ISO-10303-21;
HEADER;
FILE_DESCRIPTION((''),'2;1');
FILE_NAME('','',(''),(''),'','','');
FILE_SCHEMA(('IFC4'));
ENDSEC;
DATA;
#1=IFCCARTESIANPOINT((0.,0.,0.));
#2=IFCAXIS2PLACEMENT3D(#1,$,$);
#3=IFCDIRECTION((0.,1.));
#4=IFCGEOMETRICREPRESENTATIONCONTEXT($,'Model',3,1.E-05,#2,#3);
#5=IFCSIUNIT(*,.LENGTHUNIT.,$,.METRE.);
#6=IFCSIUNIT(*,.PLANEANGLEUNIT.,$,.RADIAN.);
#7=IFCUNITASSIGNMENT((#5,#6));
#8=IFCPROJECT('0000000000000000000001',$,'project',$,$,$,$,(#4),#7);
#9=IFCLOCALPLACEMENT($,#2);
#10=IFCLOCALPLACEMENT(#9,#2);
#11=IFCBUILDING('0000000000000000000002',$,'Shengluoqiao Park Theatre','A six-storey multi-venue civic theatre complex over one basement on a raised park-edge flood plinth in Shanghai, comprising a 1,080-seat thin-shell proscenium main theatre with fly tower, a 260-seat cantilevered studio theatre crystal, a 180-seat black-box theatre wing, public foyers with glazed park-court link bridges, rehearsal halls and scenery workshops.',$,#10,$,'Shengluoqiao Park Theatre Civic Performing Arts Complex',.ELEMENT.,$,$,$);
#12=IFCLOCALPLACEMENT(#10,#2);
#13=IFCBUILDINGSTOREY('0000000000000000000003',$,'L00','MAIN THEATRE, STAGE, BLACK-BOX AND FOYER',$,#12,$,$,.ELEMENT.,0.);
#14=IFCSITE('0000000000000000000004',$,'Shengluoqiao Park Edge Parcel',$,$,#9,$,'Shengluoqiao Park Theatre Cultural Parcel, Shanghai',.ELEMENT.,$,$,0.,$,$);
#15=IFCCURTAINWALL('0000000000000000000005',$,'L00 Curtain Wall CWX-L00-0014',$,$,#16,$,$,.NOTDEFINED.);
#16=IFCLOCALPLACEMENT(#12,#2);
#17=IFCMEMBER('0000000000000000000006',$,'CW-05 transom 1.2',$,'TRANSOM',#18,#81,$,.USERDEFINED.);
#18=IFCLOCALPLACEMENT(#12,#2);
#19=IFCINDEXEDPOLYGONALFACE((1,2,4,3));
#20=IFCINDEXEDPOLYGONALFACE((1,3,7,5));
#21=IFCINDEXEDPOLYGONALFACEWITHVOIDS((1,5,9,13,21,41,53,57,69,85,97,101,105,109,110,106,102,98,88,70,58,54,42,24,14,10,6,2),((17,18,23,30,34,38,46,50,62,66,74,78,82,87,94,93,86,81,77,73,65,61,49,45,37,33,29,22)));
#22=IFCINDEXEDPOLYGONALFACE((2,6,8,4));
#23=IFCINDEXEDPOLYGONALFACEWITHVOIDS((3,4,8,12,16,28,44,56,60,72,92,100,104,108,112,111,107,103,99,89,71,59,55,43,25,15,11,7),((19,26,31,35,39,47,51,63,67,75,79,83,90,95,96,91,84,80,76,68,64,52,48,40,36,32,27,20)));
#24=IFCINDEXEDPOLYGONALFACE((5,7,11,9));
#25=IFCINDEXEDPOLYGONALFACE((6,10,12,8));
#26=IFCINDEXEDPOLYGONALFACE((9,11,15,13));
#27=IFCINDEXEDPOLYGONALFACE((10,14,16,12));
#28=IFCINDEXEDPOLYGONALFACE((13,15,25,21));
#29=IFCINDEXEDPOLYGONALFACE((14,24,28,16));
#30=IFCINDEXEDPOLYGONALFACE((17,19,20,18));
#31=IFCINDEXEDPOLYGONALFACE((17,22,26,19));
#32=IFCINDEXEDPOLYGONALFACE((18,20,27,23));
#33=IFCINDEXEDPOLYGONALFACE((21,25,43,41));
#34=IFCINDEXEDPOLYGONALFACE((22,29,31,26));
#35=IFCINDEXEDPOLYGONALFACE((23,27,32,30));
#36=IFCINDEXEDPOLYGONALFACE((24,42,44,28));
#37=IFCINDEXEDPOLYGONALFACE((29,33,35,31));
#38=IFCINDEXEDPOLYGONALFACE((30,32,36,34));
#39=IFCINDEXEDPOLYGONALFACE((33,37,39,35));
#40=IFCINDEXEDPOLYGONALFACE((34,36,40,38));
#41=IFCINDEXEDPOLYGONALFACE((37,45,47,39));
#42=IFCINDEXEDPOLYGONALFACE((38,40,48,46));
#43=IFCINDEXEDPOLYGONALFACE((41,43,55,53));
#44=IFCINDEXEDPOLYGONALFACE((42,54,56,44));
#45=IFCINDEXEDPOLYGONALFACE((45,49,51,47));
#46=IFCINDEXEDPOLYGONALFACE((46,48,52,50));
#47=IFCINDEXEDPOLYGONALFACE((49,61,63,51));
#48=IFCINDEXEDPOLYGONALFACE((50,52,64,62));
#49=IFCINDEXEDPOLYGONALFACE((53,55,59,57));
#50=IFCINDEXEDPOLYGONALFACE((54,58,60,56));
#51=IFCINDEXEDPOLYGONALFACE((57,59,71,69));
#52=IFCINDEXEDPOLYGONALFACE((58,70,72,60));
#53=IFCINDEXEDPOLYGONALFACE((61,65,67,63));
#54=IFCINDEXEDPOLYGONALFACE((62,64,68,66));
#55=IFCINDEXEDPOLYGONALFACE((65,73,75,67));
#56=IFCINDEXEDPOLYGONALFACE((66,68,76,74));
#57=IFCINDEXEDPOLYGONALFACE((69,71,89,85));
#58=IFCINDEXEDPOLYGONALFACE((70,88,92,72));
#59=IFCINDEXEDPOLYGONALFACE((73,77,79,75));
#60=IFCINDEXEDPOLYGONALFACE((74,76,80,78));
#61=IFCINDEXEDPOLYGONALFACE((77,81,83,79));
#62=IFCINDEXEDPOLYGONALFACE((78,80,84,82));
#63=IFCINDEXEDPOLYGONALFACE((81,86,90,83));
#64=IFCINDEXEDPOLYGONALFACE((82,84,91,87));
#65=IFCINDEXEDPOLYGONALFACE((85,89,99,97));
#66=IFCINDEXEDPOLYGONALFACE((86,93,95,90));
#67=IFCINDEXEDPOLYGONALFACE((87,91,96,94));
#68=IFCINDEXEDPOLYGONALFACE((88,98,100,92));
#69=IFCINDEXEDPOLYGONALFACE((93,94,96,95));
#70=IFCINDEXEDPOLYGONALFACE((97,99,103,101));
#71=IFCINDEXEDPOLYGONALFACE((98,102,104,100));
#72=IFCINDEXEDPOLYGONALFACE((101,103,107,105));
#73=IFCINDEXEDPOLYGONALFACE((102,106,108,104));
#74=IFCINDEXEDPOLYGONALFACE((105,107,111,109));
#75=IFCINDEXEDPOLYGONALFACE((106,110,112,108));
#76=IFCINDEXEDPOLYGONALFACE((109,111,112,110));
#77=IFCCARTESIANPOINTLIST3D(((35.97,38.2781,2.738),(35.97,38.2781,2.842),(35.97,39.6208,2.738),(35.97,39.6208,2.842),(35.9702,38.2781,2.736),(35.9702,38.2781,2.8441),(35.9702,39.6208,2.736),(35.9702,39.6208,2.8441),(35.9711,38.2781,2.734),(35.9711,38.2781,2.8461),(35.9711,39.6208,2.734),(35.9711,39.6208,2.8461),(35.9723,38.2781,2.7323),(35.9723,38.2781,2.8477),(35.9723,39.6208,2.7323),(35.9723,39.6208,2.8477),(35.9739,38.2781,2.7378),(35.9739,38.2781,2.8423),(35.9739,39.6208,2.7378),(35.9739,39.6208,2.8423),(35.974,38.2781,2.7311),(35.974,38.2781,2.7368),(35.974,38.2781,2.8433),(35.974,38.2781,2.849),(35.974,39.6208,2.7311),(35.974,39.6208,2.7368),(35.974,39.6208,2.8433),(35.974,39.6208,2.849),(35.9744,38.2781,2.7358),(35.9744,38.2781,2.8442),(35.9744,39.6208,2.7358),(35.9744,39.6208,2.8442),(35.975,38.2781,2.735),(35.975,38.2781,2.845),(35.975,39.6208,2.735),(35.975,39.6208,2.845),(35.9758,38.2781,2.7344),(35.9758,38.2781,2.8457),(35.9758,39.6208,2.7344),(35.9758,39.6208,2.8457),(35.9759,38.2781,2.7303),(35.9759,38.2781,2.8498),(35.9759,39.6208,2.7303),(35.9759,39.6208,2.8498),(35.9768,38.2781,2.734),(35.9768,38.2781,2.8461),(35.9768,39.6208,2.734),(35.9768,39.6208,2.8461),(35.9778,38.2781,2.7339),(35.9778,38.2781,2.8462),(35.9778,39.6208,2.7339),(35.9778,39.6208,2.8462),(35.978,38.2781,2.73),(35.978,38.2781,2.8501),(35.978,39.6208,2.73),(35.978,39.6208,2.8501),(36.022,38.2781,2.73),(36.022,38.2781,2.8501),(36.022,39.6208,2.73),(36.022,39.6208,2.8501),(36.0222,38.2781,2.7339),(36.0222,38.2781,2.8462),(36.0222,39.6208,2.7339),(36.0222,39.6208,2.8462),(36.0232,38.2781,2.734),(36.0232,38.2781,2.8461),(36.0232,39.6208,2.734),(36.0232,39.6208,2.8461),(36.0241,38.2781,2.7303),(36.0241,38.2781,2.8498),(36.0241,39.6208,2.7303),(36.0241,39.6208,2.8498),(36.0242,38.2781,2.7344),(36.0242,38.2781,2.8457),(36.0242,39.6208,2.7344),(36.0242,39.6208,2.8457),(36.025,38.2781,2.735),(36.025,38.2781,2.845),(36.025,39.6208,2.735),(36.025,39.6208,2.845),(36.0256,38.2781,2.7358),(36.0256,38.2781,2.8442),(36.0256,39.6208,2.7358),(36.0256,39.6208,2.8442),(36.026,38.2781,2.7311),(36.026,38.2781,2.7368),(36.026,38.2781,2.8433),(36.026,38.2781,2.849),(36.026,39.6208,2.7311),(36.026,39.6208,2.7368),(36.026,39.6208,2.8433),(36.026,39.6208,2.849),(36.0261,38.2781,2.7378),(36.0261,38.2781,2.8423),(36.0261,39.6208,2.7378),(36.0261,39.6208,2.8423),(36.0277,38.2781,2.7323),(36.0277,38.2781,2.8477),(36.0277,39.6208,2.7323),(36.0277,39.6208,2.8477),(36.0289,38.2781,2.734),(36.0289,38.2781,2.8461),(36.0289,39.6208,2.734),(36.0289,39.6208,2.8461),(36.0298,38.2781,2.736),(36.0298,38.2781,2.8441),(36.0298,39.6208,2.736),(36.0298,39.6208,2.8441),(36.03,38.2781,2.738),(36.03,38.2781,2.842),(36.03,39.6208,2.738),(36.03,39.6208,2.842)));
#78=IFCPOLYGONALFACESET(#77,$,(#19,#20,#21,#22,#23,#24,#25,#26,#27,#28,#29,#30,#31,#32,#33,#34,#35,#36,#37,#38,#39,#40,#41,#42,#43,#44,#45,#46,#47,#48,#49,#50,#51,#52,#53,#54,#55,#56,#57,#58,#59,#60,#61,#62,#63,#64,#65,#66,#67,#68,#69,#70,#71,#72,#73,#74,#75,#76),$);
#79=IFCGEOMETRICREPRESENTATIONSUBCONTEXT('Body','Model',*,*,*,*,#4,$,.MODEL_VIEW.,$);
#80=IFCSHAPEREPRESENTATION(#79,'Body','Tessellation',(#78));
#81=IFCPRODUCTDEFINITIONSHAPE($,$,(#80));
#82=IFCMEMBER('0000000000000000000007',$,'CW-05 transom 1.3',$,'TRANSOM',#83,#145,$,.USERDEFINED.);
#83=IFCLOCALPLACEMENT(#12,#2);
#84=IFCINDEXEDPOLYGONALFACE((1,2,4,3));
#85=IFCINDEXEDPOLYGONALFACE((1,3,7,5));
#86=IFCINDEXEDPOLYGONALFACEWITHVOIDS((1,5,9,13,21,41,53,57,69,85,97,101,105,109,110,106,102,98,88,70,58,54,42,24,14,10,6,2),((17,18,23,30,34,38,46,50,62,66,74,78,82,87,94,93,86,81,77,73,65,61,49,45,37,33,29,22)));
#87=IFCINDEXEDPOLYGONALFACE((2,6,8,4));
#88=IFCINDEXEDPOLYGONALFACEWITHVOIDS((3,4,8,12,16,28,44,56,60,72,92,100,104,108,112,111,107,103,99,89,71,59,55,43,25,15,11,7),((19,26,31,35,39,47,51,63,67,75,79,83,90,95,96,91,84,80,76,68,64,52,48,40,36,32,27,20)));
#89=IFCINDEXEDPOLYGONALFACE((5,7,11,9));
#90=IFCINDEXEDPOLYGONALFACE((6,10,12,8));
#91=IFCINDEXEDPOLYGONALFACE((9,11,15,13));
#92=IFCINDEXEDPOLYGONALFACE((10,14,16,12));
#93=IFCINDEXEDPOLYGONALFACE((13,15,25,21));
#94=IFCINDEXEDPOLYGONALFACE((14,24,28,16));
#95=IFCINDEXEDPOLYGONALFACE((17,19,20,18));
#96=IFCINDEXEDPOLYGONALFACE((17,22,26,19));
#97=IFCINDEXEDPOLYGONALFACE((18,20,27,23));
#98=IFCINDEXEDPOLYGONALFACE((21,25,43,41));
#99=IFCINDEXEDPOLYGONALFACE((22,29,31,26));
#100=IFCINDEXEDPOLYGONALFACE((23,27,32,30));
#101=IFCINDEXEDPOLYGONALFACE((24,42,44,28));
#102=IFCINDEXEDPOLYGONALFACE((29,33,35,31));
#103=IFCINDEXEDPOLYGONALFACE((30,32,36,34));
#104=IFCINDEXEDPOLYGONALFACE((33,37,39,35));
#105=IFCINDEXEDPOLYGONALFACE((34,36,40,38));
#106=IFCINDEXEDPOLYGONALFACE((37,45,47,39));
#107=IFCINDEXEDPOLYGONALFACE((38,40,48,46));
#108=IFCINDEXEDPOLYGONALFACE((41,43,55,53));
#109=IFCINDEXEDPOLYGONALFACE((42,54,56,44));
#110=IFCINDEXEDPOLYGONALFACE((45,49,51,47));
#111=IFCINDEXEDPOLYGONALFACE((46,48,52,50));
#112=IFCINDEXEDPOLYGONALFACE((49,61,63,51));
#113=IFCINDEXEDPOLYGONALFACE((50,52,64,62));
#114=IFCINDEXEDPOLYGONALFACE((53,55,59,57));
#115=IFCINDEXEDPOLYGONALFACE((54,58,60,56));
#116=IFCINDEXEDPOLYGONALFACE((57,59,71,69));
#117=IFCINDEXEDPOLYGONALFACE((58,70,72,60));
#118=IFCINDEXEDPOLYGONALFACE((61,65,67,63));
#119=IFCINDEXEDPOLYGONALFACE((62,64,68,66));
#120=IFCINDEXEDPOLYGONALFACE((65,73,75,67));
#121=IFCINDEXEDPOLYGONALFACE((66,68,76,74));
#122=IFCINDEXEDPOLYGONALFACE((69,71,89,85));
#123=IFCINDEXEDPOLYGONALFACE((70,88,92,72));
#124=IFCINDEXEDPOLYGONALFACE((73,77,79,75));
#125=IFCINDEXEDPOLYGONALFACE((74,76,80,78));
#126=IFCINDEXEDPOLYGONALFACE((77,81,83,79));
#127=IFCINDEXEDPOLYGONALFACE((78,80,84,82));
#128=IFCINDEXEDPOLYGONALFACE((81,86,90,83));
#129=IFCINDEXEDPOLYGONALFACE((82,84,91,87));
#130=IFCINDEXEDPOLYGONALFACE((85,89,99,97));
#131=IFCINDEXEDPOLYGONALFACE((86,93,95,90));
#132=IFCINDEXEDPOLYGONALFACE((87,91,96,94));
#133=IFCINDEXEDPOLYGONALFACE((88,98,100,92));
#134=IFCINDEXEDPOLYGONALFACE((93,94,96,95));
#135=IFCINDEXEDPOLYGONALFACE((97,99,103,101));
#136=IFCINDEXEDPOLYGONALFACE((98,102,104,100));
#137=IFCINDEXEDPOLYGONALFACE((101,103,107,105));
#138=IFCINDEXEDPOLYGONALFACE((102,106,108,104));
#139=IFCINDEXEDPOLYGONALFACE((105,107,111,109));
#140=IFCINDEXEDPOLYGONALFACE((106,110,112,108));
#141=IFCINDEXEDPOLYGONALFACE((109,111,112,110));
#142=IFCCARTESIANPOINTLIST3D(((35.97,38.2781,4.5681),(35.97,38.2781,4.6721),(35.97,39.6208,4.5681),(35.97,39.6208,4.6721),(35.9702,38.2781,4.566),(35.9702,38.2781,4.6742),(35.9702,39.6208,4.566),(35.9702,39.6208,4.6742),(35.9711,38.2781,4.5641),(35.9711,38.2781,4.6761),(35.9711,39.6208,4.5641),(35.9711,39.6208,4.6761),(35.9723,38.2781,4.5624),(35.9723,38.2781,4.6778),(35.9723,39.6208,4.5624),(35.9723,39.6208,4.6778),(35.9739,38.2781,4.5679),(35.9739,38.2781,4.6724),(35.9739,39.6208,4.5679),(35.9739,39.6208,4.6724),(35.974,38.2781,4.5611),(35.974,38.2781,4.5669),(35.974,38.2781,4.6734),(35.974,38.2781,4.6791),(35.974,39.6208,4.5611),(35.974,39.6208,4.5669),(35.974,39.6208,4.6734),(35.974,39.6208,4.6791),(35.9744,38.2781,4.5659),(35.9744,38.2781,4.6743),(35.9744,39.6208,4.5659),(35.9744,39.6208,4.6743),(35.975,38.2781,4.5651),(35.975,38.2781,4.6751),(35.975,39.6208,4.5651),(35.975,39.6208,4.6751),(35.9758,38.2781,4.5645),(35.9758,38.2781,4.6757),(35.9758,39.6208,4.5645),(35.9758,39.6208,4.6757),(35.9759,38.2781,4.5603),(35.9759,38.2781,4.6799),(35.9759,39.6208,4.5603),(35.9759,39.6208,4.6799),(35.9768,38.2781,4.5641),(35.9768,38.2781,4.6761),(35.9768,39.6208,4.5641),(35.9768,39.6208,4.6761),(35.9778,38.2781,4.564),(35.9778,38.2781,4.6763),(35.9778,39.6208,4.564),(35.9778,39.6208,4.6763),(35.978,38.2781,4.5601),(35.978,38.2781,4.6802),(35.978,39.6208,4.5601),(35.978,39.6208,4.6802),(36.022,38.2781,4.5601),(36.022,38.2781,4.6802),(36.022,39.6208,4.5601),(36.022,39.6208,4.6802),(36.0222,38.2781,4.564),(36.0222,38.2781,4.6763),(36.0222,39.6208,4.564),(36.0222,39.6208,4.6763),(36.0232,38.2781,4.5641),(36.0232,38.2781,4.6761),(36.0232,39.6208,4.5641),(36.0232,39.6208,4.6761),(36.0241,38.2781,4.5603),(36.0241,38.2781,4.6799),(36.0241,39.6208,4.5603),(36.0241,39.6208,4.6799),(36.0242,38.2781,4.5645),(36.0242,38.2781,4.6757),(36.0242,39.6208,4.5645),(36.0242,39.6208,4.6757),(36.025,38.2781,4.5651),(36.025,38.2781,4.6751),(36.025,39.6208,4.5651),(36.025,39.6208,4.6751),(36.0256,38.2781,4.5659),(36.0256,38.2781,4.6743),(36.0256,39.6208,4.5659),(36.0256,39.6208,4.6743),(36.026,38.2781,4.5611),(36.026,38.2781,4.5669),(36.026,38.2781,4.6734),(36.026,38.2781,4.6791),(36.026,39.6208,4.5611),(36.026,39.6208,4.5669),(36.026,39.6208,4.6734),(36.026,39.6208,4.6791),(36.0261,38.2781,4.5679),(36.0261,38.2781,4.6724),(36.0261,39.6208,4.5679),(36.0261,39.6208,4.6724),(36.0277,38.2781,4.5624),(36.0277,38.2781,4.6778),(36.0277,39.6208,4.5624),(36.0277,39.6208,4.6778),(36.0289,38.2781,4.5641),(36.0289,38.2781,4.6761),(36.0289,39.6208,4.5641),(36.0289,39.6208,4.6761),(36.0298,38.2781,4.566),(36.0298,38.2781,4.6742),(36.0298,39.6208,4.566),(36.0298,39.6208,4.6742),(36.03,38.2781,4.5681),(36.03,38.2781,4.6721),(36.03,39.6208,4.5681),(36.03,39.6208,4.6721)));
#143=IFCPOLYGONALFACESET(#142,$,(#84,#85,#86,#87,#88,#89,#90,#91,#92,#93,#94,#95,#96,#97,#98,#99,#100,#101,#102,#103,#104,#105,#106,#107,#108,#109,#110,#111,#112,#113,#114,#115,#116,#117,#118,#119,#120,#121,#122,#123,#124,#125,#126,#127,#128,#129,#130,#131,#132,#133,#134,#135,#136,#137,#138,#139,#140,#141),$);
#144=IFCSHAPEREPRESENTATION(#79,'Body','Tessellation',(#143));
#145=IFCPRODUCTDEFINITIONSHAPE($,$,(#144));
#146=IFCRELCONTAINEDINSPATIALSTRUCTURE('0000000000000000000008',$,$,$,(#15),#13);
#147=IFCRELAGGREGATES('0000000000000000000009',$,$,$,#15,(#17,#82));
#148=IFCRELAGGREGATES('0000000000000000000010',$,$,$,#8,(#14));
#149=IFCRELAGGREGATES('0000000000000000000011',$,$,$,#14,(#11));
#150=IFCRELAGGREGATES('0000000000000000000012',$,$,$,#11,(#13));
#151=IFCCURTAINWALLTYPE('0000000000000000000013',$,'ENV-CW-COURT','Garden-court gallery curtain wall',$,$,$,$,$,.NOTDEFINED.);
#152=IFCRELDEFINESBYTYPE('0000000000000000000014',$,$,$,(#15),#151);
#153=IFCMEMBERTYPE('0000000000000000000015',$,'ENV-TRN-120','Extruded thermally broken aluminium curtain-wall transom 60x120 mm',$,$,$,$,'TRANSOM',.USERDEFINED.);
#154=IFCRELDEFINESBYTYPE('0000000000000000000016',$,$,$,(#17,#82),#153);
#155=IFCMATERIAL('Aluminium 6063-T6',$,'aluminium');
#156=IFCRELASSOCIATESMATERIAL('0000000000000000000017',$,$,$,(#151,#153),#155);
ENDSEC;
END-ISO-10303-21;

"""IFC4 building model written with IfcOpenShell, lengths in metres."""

from ifc_helpers import new_model, si_unit, direction, frame, origin, origin_2d, place, context, subcontext, project, spatial, hollow_rectangle, extrude, material, material_profile, profile_set, type_object, element, aggregate, save


model = new_model("IFC4")

# Units and contexts
model_context = context("Model", 3, precision=1e-05, world=origin(), true_north=direction((0.0, 1.0)))
body_context = subcontext(model_context, "Body", "Model", "MODEL_VIEW")
ifc_project = project(units=[si_unit("LENGTHUNIT", "METRE"), si_unit("PLANEANGLEUNIT", "RADIAN")], contexts=[model_context])

# Site, building, storey
site_placement = place(None, origin())
site = spatial("IfcSite", under=ifc_project, at=site_placement, Name="Shengluoqiao Park Edge Parcel", LongName="Shengluoqiao Park Theatre Cultural Parcel, Shanghai", CompositionType="ELEMENT", RefElevation=0.0)
building_placement = place(site_placement, origin())
building = spatial("IfcBuilding", under=site, at=building_placement, Name="Shengluoqiao Park Theatre", Description="A six-storey multi-venue civic theatre complex over one basement on a raised park-edge flood plinth in Shanghai, comprising a 1,080-seat thin-shell proscenium main theatre with fly tower, a 260-seat cantilevered studio theatre crystal, a 180-seat black-box theatre wing, public foyers with glazed park-court link bridges, rehearsal halls and scenery workshops.", LongName="Shengluoqiao Park Theatre Civic Performing Arts Complex", CompositionType="ELEMENT")
storey_placement = place(building_placement, origin())
storey = spatial("IfcBuildingStorey", under=building, at=storey_placement, Name="L00", Description="MAIN THEATRE, STAGE, BLACK-BOX AND FOYER", CompositionType="ELEMENT", Elevation=0.0)

# Curtain wall, members
ifc_material_1 = material(Name="Aluminium 6063-T6", Category="aluminium")
curtain_wall_type = type_object("IfcCurtainWallType", Name="ENV-CW-COURT", Description="Garden-court gallery curtain wall", PredefinedType="NOTDEFINED", material=ifc_material_1)
curtain_wall_placement = place(storey_placement, origin())
curtain_wall = element("IfcCurtainWall", 1, at=curtain_wall_placement, inside=storey, type_object=curtain_wall_type, Name="L00 Curtain Wall CWX-L00-0014", PredefinedType="NOTDEFINED")
ifc_material_profile_1 = material_profile(ifc_material_1, hollow_rectangle(XDim=0.0601, YDim=0.1201, WallThickness=0.0039, InnerFilletRadius=0.0039, OuterFilletRadius=0.0081, at=origin_2d()), Name="ALU TRANSOM 120x60x4")
ifc_profile_set_1 = profile_set([ifc_material_profile_1], Name="Aluminium 6063-T6")
member_type_1 = type_object("IfcMemberType", Name="ENV-TRN-120", Description="Extruded thermally broken aluminium curtain-wall transom 60x120 mm", ElementType="TRANSOM", PredefinedType="USERDEFINED", material=ifc_profile_set_1)
member_1_placement = place(storey_placement, frame((36.0, 38.2781, 2.79), z_axis=(0.0, 1.0, 0.0), x_axis=(-1.0, 0.0, 0.0)))
member_1 = element("IfcMember", 2, at=member_1_placement, type_object=member_type_1, Name="CW-05 transom 1.2", ObjectType="TRANSOM", PredefinedType="USERDEFINED", context=body_context, shape_type="SweptSolid", body=[
    extrude(hollow_rectangle(XDim=0.0601, YDim=0.1201, WallThickness=0.0039, InnerFilletRadius=0.0039, OuterFilletRadius=0.0081, at=origin_2d()), origin(), (0.0, 0.0, 1.0), 1.3428),
])
member_2_placement = place(storey_placement, frame((36.0, 38.2781, 4.6201), z_axis=(0.0, 1.0, 0.0), x_axis=(-1.0, 0.0, 0.0)))
member_2 = element("IfcMember", 3, at=member_2_placement, type_object=member_type_1, Name="CW-05 transom 1.3", ObjectType="TRANSOM", PredefinedType="USERDEFINED", context=body_context, shape_type="SweptSolid", body=[
    extrude(hollow_rectangle(XDim=0.0601, YDim=0.1201, WallThickness=0.0039, InnerFilletRadius=0.0039, OuterFilletRadius=0.0081, at=origin_2d()), origin(), (0.0, 0.0, 1.0), 1.3428),
])
aggregate(curtain_wall, [member_1, member_2])

save(model, "model.ifc")
